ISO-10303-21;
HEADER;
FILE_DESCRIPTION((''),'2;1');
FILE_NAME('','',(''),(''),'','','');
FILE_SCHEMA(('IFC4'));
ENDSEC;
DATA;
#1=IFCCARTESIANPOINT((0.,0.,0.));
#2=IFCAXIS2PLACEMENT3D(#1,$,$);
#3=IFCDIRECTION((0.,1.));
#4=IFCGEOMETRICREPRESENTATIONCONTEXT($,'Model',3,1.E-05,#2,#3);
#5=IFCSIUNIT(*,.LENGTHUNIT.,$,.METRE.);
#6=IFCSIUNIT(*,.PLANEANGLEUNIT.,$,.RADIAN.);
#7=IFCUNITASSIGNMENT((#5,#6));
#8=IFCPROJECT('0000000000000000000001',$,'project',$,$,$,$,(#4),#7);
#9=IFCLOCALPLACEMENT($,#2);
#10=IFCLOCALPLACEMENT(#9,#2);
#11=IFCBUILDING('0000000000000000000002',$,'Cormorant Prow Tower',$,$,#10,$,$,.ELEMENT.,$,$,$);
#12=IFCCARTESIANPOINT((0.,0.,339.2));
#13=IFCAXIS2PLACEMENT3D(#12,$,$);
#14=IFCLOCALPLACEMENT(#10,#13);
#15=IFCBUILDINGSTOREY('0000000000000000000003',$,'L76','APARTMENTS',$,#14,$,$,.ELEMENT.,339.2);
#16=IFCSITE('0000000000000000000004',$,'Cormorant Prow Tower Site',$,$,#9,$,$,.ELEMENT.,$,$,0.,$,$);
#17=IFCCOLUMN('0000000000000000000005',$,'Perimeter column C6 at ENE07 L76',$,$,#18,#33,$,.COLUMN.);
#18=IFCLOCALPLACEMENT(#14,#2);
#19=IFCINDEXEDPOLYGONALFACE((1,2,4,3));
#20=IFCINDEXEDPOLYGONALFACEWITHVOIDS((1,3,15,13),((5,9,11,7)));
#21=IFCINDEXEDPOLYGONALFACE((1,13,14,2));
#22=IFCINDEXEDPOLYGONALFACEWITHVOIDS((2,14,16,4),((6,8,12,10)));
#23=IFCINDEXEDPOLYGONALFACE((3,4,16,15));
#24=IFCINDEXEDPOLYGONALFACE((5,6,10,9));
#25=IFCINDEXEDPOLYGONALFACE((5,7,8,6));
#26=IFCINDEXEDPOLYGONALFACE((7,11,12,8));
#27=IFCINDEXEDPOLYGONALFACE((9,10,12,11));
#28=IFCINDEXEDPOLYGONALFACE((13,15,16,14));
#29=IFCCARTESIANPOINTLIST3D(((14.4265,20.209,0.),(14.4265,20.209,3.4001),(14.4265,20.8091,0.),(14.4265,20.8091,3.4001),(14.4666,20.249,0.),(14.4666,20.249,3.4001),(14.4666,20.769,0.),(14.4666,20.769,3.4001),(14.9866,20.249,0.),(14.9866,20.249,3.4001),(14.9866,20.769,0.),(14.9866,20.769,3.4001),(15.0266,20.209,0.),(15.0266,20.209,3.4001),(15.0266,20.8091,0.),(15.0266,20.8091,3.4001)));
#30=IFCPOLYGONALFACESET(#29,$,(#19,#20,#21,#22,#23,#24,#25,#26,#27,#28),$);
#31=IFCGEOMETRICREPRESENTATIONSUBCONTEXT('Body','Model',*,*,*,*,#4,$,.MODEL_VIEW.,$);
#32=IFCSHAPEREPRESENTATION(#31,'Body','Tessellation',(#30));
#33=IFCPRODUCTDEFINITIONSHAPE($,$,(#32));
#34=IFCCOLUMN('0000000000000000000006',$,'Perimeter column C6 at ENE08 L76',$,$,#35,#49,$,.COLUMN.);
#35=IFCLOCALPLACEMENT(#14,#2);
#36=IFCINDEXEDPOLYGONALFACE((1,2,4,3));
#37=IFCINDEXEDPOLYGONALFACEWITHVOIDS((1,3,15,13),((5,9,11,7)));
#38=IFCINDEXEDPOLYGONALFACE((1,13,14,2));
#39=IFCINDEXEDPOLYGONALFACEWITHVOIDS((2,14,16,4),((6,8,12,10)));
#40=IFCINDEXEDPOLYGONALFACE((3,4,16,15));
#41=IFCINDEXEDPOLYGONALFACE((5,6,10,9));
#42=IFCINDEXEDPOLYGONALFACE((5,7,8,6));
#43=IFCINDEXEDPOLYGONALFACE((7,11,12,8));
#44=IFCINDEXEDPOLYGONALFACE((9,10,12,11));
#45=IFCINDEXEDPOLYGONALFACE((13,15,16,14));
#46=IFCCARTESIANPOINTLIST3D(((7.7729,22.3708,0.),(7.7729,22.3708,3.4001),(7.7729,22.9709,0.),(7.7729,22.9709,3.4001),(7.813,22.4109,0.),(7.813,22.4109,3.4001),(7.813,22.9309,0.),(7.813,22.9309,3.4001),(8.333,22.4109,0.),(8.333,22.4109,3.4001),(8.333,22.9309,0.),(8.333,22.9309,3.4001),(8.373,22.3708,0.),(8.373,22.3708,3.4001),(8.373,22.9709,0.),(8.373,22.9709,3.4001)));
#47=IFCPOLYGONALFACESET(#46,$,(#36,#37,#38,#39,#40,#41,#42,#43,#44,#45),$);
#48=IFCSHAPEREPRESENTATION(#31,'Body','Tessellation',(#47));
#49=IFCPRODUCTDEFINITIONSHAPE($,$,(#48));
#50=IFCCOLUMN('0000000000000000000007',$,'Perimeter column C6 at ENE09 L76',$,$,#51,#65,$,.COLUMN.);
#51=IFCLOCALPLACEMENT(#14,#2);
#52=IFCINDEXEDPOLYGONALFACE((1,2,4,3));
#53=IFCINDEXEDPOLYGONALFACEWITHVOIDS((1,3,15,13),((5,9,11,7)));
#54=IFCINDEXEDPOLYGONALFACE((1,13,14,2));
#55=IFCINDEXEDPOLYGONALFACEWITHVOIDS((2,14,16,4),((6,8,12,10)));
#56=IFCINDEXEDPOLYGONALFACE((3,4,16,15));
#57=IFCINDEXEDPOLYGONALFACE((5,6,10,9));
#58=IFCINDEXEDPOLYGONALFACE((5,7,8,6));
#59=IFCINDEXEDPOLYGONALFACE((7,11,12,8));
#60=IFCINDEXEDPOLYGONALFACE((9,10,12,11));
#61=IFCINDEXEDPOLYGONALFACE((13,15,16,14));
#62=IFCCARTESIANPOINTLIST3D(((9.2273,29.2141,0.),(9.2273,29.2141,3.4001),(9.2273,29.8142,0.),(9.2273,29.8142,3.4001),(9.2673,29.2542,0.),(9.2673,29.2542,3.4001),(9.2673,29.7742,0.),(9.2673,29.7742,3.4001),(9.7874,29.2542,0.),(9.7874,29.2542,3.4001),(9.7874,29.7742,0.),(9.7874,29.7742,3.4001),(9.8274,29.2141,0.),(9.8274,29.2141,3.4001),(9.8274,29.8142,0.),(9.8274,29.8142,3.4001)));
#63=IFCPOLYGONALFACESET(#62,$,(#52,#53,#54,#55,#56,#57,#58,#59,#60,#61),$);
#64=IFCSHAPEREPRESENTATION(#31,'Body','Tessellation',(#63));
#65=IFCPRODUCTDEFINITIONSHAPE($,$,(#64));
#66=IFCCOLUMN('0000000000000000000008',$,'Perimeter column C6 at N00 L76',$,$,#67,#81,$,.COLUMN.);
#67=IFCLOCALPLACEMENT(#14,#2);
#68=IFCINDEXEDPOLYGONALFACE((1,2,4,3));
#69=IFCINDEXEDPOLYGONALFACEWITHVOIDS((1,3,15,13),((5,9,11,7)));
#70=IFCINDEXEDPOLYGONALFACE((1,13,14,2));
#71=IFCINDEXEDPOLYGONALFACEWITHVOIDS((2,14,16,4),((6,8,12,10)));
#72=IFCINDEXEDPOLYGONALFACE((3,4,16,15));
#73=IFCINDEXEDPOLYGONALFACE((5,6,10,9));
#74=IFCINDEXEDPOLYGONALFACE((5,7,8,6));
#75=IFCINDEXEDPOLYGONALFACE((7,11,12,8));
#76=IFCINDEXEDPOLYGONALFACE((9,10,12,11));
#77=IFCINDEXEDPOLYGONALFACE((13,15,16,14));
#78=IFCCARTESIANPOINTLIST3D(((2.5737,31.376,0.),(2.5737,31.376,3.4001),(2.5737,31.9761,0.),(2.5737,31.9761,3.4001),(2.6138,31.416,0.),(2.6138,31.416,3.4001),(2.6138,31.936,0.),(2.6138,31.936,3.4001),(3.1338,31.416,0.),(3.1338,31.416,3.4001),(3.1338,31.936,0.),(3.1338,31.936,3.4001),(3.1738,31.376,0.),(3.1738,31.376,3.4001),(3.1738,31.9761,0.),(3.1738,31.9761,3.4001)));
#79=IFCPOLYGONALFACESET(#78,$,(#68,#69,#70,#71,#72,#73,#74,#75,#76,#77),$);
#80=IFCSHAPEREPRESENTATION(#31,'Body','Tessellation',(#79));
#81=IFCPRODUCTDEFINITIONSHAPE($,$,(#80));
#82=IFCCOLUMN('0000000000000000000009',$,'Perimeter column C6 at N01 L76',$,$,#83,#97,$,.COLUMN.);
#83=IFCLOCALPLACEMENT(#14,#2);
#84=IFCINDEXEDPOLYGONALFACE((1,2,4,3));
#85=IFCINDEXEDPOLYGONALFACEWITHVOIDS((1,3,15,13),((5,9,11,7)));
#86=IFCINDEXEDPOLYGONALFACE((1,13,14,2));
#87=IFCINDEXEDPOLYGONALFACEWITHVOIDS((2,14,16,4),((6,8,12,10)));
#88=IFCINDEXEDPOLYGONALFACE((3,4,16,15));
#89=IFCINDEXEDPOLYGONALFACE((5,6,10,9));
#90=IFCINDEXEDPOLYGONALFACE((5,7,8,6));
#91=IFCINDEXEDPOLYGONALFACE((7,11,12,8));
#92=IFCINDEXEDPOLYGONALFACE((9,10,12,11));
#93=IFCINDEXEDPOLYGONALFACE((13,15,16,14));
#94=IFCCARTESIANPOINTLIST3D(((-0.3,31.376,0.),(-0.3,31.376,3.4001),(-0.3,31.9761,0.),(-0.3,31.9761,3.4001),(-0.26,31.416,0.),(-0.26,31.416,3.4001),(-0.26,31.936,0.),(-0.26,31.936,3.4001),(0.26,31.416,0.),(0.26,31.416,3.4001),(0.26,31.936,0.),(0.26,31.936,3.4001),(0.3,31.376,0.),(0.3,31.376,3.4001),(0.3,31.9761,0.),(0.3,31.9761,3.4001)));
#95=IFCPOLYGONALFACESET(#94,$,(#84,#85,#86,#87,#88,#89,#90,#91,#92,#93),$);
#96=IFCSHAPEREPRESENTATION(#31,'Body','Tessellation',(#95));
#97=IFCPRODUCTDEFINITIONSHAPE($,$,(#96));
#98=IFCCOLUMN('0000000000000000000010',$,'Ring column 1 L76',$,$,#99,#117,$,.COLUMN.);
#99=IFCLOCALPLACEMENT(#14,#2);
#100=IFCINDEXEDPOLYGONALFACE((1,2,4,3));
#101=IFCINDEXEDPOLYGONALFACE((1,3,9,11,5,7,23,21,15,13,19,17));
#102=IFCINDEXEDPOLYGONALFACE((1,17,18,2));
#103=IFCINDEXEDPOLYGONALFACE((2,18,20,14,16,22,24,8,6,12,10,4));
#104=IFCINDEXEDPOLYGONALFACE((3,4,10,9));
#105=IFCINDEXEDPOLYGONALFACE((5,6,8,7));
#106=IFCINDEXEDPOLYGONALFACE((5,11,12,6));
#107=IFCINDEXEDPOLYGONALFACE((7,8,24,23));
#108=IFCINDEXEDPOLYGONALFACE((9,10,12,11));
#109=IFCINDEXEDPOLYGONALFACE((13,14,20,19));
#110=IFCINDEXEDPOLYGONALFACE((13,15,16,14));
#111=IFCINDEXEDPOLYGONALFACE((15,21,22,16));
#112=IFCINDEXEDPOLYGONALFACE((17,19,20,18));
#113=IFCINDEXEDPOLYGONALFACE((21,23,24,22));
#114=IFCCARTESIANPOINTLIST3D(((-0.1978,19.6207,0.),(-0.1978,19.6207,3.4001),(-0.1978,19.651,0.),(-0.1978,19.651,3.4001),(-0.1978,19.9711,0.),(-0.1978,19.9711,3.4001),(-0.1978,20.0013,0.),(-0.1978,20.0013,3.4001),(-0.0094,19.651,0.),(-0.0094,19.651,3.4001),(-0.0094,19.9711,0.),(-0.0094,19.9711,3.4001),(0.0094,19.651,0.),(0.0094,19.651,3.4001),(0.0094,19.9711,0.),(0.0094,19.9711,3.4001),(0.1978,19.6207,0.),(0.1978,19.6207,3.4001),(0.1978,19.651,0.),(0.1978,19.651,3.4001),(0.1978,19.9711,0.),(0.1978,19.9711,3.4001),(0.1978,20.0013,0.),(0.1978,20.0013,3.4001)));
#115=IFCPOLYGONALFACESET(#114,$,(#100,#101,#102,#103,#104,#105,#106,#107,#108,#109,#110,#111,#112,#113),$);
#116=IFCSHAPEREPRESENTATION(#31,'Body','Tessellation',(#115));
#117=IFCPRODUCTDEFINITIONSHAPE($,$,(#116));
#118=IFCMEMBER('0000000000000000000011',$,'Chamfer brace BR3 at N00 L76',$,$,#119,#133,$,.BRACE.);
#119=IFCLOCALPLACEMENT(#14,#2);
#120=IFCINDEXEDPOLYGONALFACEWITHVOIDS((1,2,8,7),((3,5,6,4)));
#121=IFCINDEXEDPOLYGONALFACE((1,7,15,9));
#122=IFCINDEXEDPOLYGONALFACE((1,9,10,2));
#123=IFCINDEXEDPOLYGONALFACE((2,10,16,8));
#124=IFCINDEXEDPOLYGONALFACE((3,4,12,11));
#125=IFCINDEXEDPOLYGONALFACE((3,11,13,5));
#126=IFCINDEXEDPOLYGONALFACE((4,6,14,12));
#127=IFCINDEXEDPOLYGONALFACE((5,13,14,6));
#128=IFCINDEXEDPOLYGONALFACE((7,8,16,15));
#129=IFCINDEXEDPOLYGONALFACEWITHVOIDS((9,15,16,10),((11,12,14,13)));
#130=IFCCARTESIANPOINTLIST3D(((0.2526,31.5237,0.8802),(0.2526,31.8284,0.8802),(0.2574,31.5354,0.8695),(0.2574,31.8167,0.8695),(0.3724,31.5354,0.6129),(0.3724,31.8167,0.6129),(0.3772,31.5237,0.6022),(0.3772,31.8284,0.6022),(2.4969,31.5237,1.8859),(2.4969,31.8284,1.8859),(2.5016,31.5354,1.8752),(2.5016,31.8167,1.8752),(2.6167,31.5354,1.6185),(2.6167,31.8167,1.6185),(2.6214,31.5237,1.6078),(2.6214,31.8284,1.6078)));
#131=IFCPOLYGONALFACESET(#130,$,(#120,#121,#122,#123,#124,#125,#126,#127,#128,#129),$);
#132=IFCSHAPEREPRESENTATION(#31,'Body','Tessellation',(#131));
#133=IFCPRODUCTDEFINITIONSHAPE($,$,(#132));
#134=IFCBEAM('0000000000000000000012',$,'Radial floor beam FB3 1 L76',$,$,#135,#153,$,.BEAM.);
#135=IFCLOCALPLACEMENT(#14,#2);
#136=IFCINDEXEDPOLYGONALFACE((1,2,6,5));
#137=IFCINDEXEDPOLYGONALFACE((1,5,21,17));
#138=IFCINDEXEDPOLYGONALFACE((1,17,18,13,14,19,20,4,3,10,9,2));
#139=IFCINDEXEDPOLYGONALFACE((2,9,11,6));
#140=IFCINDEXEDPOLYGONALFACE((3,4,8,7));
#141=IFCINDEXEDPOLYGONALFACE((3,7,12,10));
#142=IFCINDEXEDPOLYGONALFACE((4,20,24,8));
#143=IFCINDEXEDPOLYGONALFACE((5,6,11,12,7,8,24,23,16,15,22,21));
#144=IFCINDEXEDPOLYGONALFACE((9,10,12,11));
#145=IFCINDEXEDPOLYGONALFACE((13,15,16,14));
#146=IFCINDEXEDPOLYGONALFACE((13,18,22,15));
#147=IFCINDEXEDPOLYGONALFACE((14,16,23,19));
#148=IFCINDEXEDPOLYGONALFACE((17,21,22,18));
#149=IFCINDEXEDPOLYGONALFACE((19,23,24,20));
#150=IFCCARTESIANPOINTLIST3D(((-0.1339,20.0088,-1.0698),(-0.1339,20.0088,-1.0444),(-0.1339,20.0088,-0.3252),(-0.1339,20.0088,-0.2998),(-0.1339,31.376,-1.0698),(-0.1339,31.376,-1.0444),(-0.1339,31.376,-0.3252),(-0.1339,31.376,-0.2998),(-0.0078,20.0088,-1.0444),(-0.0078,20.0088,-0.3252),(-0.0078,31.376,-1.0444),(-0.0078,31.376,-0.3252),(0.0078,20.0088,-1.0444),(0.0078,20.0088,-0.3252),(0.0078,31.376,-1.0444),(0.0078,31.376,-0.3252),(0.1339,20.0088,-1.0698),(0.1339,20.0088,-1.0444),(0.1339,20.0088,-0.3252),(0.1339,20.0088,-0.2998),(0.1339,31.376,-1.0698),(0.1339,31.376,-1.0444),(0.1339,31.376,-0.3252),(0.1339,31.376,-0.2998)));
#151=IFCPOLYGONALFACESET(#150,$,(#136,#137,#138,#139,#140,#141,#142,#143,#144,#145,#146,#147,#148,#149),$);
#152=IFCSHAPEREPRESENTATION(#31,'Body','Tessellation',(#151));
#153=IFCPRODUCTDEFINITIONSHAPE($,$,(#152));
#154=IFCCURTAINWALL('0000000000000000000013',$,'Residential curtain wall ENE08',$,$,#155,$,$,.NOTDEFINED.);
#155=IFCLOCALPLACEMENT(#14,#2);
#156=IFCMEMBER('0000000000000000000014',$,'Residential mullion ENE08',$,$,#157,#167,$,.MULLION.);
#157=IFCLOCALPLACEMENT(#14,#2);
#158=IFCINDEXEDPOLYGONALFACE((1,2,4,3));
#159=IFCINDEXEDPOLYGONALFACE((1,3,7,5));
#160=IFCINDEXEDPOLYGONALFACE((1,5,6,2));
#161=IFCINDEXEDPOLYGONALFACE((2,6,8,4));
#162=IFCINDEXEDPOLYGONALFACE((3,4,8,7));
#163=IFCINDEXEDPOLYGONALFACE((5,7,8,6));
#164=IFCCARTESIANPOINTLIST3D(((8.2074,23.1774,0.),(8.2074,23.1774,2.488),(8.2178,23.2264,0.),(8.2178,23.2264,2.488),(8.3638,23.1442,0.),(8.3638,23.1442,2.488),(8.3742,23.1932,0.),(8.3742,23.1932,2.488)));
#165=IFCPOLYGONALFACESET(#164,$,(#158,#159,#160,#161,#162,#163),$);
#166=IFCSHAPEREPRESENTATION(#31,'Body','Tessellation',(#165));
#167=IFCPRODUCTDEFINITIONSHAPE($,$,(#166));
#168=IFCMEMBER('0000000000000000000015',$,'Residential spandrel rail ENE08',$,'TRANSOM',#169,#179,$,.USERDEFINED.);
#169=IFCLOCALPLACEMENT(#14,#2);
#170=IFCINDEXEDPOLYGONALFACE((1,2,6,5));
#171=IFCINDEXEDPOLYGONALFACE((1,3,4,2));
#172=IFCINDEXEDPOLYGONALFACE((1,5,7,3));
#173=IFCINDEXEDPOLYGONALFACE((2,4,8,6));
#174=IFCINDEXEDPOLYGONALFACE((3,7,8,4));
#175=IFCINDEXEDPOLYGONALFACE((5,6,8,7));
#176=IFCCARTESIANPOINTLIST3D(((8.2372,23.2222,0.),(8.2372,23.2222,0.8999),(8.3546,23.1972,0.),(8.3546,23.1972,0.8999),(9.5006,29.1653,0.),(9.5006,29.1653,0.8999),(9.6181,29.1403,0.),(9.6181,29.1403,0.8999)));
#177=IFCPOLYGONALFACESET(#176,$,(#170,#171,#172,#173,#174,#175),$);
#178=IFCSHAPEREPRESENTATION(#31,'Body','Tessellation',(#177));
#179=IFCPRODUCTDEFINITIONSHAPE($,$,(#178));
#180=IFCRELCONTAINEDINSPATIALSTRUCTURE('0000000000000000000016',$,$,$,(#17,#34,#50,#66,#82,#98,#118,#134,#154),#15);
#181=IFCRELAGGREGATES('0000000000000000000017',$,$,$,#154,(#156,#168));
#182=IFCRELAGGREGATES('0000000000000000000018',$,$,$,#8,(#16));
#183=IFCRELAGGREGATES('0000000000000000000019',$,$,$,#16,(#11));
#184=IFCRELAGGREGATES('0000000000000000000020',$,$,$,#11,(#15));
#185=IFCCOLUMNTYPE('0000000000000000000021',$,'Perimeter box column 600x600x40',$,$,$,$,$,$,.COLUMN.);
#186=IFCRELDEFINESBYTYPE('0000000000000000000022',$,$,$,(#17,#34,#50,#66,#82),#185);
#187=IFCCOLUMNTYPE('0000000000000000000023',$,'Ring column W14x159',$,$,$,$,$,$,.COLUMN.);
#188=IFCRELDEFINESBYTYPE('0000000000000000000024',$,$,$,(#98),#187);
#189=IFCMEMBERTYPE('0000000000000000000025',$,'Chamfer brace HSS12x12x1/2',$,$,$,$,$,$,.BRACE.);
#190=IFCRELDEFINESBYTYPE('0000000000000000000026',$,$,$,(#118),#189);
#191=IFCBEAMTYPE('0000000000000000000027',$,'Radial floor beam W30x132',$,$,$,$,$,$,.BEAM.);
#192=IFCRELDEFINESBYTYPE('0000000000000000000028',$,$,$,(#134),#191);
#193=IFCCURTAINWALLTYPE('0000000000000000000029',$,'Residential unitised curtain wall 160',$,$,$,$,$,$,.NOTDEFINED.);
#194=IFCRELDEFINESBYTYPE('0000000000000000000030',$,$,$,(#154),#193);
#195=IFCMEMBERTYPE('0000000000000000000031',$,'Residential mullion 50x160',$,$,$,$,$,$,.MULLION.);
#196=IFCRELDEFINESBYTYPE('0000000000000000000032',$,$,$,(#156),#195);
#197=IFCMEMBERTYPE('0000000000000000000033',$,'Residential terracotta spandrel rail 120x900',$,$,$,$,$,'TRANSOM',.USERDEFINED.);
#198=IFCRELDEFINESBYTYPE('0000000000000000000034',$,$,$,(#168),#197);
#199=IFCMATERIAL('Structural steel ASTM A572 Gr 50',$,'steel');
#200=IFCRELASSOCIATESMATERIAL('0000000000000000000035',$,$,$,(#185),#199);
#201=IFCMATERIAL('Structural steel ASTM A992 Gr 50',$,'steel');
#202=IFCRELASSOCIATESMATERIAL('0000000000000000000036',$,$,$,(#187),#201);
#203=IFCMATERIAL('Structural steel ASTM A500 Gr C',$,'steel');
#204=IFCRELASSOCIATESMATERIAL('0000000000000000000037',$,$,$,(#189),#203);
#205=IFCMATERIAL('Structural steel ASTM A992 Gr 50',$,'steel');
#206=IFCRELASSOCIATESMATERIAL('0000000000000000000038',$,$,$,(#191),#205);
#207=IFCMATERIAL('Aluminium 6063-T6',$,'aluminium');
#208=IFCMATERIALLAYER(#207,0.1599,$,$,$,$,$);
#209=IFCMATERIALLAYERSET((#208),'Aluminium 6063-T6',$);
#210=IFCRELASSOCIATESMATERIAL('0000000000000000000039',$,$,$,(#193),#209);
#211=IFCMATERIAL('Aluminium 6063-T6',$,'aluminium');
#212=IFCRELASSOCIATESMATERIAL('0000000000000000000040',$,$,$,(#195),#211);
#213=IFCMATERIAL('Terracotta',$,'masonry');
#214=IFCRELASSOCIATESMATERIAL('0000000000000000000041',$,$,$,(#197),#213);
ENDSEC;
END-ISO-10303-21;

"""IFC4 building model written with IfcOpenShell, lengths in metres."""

from ifc_helpers import new_model, si_unit, direction, frame, origin, origin_2d, place, context, subcontext, project, spatial, rectangle, hollow_rectangle, i_section, extrude, material, layer, layer_set, material_profile, profile_set, type_object, element, aggregate, save


model = new_model("IFC4")

# Units and contexts
model_context = context("Model", 3, precision=1e-05, world=origin(), true_north=direction((0.0, 1.0)))
body_context = subcontext(model_context, "Body", "Model", "MODEL_VIEW")
ifc_project = project(units=[si_unit("LENGTHUNIT", "METRE"), si_unit("PLANEANGLEUNIT", "RADIAN")], contexts=[model_context])

# Site, building, storey
site_placement = place(None, origin())
site = spatial("IfcSite", under=ifc_project, at=site_placement, Name="Cormorant Prow Tower Site", CompositionType="ELEMENT", RefElevation=0.0)
building_placement = place(site_placement, origin())
building = spatial("IfcBuilding", under=site, at=building_placement, Name="Cormorant Prow Tower", CompositionType="ELEMENT")
storey_placement = place(building_placement, frame((0.0, 0.0, 339.2)))
storey = spatial("IfcBuildingStorey", under=building, at=storey_placement, Name="L76", Description="APARTMENTS", CompositionType="ELEMENT", Elevation=339.2)

# Columns
ifc_material_1 = material(Name="Structural steel ASTM A572 Gr 50", Category="steel")
ifc_material_profile_1 = material_profile(ifc_material_1, hollow_rectangle(XDim=0.6001, YDim=0.6001, WallThickness=0.04, at=origin_2d()), Name="Box 600x600x40")
ifc_profile_set_1 = profile_set([ifc_material_profile_1], Name="Structural steel ASTM A572 Gr 50")
column_type_1 = type_object("IfcColumnType", Name="Perimeter box column 600x600x40", PredefinedType="COLUMN", material=ifc_profile_set_1)
for number, where, z_axis, x_axis, name in (
    (1, (14.7266, 20.509, 0.0), (0.0, 0.0, 1.0), (1.0, 0.0, 0.0), "Perimeter column C6 at ENE07 L76"),
    (2, (8.073, 22.6709, 0.0), (0.0, 0.0, 1.0), (1.0, 0.0, 0.0), "Perimeter column C6 at ENE08 L76"),
    (3, (9.5273, 29.5142, 0.0), (0.0, 0.0, 1.0), (1.0, 0.0, 0.0), "Perimeter column C6 at ENE09 L76"),
    (4, (2.8738, 31.676, 0.0), (0.0, 0.0, 1.0), (1.0, 0.0, 0.0), "Perimeter column C6 at N00 L76"),
    (5, (0.0, 31.676, 0.0), (0.0, 0.0, 1.0), (1.0, 0.0, 0.0), "Perimeter column C6 at N01 L76"),
):
    element("IfcColumn", number, at=place(storey_placement, frame(where, z_axis=z_axis, x_axis=x_axis)), inside=storey, type_object=column_type_1, Name=name, PredefinedType="COLUMN", context=body_context, shape_type="SweptSolid", body=[
        extrude(hollow_rectangle(XDim=0.6001, YDim=0.6001, WallThickness=0.04, at=origin_2d()), origin(), (0.0, 0.0, 1.0), 3.4001),
    ])
ifc_material_2 = material(Name="Structural steel ASTM A992 Gr 50", Category="steel")
ifc_material_profile_2 = material_profile(ifc_material_2, i_section(OverallWidth=0.3955, OverallDepth=0.3806, WebThickness=0.0188, FlangeThickness=0.0303, at=origin_2d()), Name="W14x159")
ifc_profile_set_2 = profile_set([ifc_material_profile_2], Name="Structural steel ASTM A992 Gr 50")
column_type_2 = type_object("IfcColumnType", Name="Ring column W14x159", PredefinedType="COLUMN", material=ifc_profile_set_2)
column_placement = place(storey_placement, frame((0.0, 19.811, 0.0), z_axis=(0.0, 0.0, 1.0), x_axis=(1.0, 0.0, 0.0)))
element("IfcColumn", 6, at=column_placement, inside=storey, type_object=column_type_2, Name="Ring column 1 L76", PredefinedType="COLUMN", context=body_context, shape_type="SweptSolid", body=[
    extrude(i_section(OverallWidth=0.3955, OverallDepth=0.3806, WebThickness=0.0188, FlangeThickness=0.0303, at=origin_2d()), origin(), (0.0, 0.0, 1.0), 3.4001),
])

# Member
ifc_material_3 = material(Name="Structural steel ASTM A500 Gr C", Category="steel")
ifc_material_profile_3 = material_profile(ifc_material_3, hollow_rectangle(XDim=0.3047, YDim=0.3047, WallThickness=0.0117, at=origin_2d()), Name="HSS12x12x1/2")
ifc_profile_set_3 = profile_set([ifc_material_profile_3], Name="Structural steel ASTM A500 Gr C")
member_type_1 = type_object("IfcMemberType", Name="Chamfer brace HSS12x12x1/2", PredefinedType="BRACE", material=ifc_profile_set_3)
member_1_placement = place(storey_placement, frame((0.3149, 31.676, 0.7412), z_axis=(0.912567, 0.0, 0.408928), x_axis=(0.0, 1.0, 0.0)))
element("IfcMember", 7, at=member_1_placement, inside=storey, type_object=member_type_1, Name="Chamfer brace BR3 at N00 L76", PredefinedType="BRACE", context=body_context, shape_type="SweptSolid", body=[
    extrude(hollow_rectangle(XDim=0.3047, YDim=0.3047, WallThickness=0.0117, at=origin_2d()), origin(), (0.0, 0.0, 1.0), 2.4592),
])

# Beam
ifc_material_4 = material(Name="Structural steel ASTM A992 Gr 50", Category="steel")
ifc_material_profile_4 = material_profile(ifc_material_4, i_section(OverallWidth=0.2678, OverallDepth=0.77, WebThickness=0.0156, FlangeThickness=0.0254, at=origin_2d()), Name="W30x132")
ifc_profile_set_4 = profile_set([ifc_material_profile_4], Name="Structural steel ASTM A992 Gr 50")
beam_type_1 = type_object("IfcBeamType", Name="Radial floor beam W30x132", PredefinedType="BEAM", material=ifc_profile_set_4)
beam_1_placement = place(storey_placement, frame((0.0, 20.0088, -0.6848), z_axis=(0.0, 1.0, 0.0), x_axis=(-1.0, 0.0, 0.0)))
element("IfcBeam", 8, at=beam_1_placement, inside=storey, type_object=beam_type_1, Name="Radial floor beam FB3 1 L76", PredefinedType="BEAM", context=body_context, shape_type="SweptSolid", body=[
    extrude(i_section(OverallWidth=0.2678, OverallDepth=0.77, WebThickness=0.0156, FlangeThickness=0.0254, at=origin_2d()), origin(), (0.0, 0.0, 1.0), 11.3672),
])

# Curtain wall, members
ifc_material_5 = material(Name="Aluminium 6063-T6", Category="aluminium")
ifc_layer_1 = layer(ifc_material_5, 0.1599)
ifc_layer_set_1 = layer_set([ifc_layer_1], Name="Aluminium 6063-T6")
curtain_wall_type = type_object("IfcCurtainWallType", Name="Residential unitised curtain wall 160", PredefinedType="NOTDEFINED", material=ifc_layer_set_1)
curtain_wall_1_placement = place(storey_placement, origin())
curtain_wall_1 = element("IfcCurtainWall", 9, at=curtain_wall_1_placement, inside=storey, type_object=curtain_wall_type, Name="Residential curtain wall ENE08", PredefinedType="NOTDEFINED")
ifc_material_6 = material(Name="Aluminium 6063-T6", Category="aluminium")
ifc_material_profile_5 = material_profile(ifc_material_6, rectangle(XDim=0.1599, YDim=0.05, at=origin_2d()), Name="Residential mullion 50x160")
ifc_profile_set_5 = profile_set([ifc_material_profile_5], Name="Aluminium 6063-T6")
member_type_2 = type_object("IfcMemberType", Name="Residential mullion 50x160", PredefinedType="MULLION", material=ifc_profile_set_5)
member_2_placement = place(storey_placement, frame((8.2908, 23.1853, 0.0), z_axis=(0.0, 0.0, 1.0), x_axis=(-0.978148, 0.207912, 0.0)))
member_2 = element("IfcMember", 10, at=member_2_placement, type_object=member_type_2, Name="Residential mullion ENE08", PredefinedType="MULLION", context=body_context, shape_type="SweptSolid", body=[
    extrude(rectangle(XDim=0.1599, YDim=0.05, at=origin_2d()), origin(), (0.0, 0.0, 1.0), 2.488),
])
ifc_material_7 = material(Name="Terracotta", Category="masonry")
ifc_material_profile_6 = material_profile(ifc_material_7, rectangle(XDim=0.1201, YDim=0.8999, at=origin_2d()), Name="Residential terracotta spandrel rail 120x900")
ifc_profile_set_6 = profile_set([ifc_material_profile_6], Name="Terracotta")
member_type_3 = type_object("IfcMemberType", Name="Residential terracotta spandrel rail 120x900", ElementType="TRANSOM", PredefinedType="USERDEFINED", material=ifc_profile_set_6)
member_3_placement = place(storey_placement, frame((8.2959, 23.2097, 0.45), z_axis=(0.20794, 0.978142, 0.0), x_axis=(-0.978142, 0.20794, 0.0)))
member_3 = element("IfcMember", 11, at=member_3_placement, type_object=member_type_3, Name="Residential spandrel rail ENE08", ObjectType="TRANSOM", PredefinedType="USERDEFINED", context=body_context, shape_type="SweptSolid", body=[
    extrude(rectangle(XDim=0.1201, YDim=0.8999, at=origin_2d()), origin(), (0.0, 0.0, 1.0), 6.0759),
])

aggregate(curtain_wall_1, [member_2, member_3])

save(model, "model.ifc")
